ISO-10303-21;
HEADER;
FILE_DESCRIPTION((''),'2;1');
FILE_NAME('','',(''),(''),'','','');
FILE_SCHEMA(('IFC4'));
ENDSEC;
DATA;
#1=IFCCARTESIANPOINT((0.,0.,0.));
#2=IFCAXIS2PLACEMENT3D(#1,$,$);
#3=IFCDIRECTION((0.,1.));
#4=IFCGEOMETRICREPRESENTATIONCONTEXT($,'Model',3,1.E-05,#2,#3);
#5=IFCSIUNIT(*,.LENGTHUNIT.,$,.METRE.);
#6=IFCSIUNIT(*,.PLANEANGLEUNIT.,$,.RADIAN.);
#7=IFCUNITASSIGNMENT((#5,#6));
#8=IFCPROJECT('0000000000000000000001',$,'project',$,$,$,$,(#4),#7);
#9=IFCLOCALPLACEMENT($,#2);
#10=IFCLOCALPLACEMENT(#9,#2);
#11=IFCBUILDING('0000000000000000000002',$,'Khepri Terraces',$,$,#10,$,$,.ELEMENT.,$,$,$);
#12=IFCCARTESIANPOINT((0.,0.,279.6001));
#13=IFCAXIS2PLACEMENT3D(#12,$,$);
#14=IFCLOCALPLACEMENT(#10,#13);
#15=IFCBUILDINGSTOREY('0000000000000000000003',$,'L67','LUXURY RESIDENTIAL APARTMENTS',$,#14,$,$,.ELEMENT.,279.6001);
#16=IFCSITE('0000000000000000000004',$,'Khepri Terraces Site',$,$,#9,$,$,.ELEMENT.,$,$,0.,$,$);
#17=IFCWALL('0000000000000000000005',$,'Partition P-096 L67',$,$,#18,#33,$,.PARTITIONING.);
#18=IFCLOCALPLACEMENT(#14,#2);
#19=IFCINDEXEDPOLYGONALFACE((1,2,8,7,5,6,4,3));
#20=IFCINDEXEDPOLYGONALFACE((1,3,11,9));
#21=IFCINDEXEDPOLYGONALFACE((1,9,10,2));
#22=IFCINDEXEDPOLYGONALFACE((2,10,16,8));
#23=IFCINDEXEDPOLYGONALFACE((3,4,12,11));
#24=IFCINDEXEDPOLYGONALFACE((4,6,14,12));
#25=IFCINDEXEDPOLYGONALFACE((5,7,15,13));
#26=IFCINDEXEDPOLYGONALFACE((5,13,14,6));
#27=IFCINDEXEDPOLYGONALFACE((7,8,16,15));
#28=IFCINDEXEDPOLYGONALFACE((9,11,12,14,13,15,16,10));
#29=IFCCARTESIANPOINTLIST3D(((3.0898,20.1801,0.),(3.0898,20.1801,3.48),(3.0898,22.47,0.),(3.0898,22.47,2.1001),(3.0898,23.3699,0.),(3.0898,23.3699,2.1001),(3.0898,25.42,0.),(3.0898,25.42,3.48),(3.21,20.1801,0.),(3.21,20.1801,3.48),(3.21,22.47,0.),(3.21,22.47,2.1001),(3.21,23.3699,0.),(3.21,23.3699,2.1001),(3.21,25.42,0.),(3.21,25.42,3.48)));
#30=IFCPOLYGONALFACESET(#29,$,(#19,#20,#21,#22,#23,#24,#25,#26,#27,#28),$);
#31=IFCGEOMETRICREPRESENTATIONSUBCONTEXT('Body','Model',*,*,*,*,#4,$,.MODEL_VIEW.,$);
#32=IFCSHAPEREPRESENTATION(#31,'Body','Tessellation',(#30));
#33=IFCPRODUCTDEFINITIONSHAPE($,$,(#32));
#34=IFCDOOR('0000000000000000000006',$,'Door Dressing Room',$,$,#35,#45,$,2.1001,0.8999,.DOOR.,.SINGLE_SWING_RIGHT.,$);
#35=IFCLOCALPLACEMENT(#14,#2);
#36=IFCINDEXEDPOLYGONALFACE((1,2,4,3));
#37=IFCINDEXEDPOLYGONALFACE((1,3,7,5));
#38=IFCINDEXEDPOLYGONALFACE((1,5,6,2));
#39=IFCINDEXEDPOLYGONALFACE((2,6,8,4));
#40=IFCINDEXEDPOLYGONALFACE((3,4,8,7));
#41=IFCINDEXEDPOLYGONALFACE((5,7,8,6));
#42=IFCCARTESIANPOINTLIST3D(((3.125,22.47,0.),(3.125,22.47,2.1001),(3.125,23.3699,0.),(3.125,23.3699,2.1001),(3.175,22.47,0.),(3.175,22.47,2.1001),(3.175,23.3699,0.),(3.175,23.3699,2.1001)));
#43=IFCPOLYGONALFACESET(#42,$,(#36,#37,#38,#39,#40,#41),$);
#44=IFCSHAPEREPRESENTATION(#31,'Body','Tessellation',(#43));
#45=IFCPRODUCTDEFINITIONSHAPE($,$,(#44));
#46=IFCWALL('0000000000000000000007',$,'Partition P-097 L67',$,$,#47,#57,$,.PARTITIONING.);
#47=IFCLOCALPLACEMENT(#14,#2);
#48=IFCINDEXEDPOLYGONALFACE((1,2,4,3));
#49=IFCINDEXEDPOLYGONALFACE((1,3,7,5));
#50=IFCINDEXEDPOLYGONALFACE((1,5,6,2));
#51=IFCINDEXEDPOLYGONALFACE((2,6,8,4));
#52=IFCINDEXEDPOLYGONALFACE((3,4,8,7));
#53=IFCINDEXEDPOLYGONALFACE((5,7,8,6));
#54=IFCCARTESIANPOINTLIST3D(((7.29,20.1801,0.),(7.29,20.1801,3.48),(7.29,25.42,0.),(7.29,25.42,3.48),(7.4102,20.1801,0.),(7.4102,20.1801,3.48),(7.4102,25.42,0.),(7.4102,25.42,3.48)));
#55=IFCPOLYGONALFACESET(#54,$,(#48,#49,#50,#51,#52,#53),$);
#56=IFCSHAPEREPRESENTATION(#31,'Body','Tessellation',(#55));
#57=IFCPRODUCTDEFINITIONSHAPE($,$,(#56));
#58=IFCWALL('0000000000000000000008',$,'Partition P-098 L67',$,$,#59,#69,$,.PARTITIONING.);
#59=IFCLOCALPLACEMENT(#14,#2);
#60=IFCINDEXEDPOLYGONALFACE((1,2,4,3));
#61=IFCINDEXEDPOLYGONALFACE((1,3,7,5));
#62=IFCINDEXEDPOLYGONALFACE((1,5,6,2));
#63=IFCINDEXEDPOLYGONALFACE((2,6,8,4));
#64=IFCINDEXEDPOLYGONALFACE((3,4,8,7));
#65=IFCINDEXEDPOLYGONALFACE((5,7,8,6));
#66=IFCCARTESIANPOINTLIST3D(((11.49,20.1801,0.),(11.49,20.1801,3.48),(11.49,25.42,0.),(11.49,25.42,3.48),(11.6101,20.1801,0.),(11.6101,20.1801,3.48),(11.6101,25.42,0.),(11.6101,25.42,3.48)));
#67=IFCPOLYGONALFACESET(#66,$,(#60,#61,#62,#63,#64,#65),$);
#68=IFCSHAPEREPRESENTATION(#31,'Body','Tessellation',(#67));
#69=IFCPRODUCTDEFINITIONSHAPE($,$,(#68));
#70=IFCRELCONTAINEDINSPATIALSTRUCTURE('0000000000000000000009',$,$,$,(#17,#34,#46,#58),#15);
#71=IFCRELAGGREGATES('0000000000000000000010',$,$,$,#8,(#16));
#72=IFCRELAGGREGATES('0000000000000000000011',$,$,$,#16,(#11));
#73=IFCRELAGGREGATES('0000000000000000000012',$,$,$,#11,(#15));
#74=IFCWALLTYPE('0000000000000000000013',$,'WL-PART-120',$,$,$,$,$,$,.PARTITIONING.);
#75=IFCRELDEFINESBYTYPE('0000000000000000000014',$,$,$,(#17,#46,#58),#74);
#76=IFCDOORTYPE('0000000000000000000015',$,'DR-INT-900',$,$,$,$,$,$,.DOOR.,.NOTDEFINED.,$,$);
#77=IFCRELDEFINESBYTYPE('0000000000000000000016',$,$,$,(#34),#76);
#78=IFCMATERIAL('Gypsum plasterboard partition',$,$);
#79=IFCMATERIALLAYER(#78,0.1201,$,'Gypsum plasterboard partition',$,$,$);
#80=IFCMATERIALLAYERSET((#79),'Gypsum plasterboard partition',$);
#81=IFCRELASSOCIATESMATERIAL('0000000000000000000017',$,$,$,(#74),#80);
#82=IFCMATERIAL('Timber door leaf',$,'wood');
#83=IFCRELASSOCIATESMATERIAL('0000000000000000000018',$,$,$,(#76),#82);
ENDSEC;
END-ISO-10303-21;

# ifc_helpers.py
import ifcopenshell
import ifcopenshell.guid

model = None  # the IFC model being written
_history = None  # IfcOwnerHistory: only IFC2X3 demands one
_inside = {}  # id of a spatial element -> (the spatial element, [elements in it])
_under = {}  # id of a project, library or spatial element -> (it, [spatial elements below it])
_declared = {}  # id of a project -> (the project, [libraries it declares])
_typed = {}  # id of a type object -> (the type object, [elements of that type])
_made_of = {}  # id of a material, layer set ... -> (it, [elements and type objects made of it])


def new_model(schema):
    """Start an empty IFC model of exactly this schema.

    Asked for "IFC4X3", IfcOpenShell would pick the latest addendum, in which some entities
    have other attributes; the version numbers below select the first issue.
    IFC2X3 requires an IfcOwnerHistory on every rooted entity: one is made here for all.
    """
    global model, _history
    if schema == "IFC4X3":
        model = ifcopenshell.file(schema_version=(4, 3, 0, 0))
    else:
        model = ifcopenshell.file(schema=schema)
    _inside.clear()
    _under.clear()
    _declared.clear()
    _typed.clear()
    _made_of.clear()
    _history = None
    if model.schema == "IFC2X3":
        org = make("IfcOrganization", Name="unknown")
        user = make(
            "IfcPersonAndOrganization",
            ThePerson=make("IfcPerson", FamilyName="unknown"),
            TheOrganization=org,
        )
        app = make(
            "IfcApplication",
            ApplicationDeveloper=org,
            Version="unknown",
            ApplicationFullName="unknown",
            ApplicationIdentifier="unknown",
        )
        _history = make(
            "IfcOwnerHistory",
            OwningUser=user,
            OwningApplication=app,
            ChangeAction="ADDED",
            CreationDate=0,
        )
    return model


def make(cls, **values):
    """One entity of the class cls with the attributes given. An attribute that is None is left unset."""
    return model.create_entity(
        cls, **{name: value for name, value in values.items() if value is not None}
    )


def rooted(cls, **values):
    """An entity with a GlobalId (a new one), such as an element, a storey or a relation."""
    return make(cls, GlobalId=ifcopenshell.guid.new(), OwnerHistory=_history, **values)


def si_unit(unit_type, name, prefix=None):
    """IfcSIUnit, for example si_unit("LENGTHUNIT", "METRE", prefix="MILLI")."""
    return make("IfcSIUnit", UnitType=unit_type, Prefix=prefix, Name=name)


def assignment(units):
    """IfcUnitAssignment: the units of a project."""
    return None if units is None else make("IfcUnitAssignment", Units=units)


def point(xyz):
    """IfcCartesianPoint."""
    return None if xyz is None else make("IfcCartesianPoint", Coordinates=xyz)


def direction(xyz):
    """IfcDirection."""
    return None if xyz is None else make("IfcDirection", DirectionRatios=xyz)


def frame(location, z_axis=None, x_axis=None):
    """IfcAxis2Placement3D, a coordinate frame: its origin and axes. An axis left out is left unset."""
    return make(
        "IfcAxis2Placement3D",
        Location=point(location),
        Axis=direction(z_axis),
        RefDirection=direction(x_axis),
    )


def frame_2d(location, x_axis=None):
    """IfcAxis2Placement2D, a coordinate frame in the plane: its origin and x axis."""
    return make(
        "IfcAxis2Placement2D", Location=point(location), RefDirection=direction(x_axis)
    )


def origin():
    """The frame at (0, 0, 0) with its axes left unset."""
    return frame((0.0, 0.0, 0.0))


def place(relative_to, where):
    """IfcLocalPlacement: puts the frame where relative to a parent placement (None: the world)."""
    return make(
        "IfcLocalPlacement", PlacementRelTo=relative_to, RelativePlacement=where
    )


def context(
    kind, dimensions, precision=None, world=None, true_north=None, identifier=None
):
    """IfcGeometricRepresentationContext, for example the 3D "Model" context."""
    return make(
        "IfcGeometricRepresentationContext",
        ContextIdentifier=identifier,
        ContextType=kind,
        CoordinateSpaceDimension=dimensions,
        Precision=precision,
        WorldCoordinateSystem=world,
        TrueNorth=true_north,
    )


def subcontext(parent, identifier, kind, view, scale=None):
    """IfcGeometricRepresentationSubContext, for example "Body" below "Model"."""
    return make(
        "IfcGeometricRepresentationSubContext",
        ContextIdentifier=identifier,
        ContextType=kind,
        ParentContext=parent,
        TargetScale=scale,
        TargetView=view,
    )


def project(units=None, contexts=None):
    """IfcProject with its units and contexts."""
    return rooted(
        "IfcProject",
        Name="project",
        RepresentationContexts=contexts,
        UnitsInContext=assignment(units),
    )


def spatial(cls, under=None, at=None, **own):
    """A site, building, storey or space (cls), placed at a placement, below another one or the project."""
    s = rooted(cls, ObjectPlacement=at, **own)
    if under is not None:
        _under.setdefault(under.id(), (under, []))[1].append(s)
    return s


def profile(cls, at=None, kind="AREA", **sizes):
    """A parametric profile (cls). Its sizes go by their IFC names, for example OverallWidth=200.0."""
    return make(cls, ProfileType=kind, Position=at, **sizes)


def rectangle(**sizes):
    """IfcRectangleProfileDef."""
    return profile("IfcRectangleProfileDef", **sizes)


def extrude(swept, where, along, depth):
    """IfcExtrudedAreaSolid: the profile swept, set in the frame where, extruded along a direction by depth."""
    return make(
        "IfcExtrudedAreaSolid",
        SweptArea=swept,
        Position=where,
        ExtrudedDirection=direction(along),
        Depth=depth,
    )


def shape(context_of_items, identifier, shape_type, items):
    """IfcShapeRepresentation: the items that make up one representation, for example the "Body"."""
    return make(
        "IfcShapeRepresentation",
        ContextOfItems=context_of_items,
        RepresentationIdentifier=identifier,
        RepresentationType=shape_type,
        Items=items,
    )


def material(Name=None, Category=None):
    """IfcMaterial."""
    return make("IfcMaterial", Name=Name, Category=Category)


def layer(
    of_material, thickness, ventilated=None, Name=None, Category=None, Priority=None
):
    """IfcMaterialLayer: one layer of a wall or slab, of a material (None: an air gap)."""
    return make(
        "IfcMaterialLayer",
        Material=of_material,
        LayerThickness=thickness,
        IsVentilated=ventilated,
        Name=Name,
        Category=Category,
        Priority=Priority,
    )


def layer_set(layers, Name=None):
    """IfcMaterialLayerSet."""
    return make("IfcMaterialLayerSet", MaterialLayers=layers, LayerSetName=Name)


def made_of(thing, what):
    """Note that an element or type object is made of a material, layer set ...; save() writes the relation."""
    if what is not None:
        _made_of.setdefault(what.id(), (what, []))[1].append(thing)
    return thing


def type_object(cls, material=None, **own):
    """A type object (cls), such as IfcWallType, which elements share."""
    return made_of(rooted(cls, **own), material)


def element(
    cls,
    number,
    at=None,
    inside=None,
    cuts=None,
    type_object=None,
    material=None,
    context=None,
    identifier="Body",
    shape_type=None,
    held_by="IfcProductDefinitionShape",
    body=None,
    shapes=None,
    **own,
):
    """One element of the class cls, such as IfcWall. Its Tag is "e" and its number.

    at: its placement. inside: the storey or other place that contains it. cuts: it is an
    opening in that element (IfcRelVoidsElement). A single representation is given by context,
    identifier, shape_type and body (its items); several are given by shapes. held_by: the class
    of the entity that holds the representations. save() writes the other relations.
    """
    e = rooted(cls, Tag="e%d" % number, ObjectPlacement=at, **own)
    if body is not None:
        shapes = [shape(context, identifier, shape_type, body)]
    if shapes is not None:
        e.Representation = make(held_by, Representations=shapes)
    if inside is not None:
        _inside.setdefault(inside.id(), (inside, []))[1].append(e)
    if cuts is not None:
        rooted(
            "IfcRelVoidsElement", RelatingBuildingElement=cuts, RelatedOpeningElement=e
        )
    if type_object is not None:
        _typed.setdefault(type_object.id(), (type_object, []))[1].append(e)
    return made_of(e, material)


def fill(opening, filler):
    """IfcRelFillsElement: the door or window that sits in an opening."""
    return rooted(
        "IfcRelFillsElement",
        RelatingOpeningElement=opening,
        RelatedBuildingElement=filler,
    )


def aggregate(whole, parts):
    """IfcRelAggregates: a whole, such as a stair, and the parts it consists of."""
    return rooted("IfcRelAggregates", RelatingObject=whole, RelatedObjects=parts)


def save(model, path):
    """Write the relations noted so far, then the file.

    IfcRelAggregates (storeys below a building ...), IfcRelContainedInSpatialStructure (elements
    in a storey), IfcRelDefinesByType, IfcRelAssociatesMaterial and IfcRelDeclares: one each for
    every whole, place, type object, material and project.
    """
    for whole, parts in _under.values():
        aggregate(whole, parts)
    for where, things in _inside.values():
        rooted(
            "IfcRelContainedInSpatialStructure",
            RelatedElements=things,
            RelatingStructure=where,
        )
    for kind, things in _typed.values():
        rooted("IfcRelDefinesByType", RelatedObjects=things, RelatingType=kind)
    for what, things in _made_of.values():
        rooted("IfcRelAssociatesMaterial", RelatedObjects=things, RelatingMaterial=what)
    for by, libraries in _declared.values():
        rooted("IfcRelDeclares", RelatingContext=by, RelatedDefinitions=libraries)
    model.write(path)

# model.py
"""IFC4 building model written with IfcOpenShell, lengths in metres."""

from ifc_helpers import new_model, si_unit, direction, frame, frame_2d, origin, place, context, subcontext, project, spatial, rectangle, extrude, material, layer, layer_set, type_object, element, fill, save


model = new_model("IFC4")

# Units and contexts
model_context = context("Model", 3, precision=1e-05, world=origin(), true_north=direction((0.0, 1.0)))
body_context = subcontext(model_context, "Body", "Model", "MODEL_VIEW")
ifc_project = project(units=[si_unit("LENGTHUNIT", "METRE"), si_unit("PLANEANGLEUNIT", "RADIAN")], contexts=[model_context])

# Site, building, storey
site_placement = place(None, origin())
site = spatial("IfcSite", under=ifc_project, at=site_placement, Name="Khepri Terraces Site", CompositionType="ELEMENT", RefElevation=0.0)
building_placement = place(site_placement, origin())
building = spatial("IfcBuilding", under=site, at=building_placement, Name="Khepri Terraces", CompositionType="ELEMENT")
storey_placement = place(building_placement, frame((0.0, 0.0, 279.6001)))
storey = spatial("IfcBuildingStorey", under=building, at=storey_placement, Name="L67", Description="LUXURY RESIDENTIAL APARTMENTS", CompositionType="ELEMENT", Elevation=279.6001)

# Shared definitions
ifc_material_1 = material(Name="Gypsum plasterboard partition")
ifc_layer_1 = layer(ifc_material_1, 0.1201, Name="Gypsum plasterboard partition")
ifc_layer_set_1 = layer_set([ifc_layer_1], Name="Gypsum plasterboard partition")
wall_type_1 = type_object("IfcWallType", Name="WL-PART-120", PredefinedType="PARTITIONING", material=ifc_layer_set_1)

# Wall, opening, door
ifc_material_2 = material(Name="Timber door leaf", Category="wood")
door_type_1 = type_object("IfcDoorType", Name="DR-INT-900", OperationType="NOTDEFINED", PredefinedType="DOOR", material=ifc_material_2)
wall_1_placement = place(storey_placement, frame((3.1499, 20.1799, 0.0), z_axis=(0.0, 0.0, 1.0), x_axis=(0.0, 1.0, 0.0)))
wall_1 = element("IfcWall", 1, at=wall_1_placement, inside=storey, type_object=wall_type_1, Name="Partition P-096 L67", PredefinedType="PARTITIONING", context=body_context, shape_type="SweptSolid", body=[
    extrude(rectangle(XDim=5.24, YDim=0.1201, at=frame_2d((2.6201, 0.0))), origin(), (0.0, 0.0, 1.0), 3.48),
])
opening_1_placement = place(wall_1_placement, frame((2.29, 0.0, 0.0)))
opening_1 = element("IfcOpeningElement", 2, at=opening_1_placement, cuts=wall_1, PredefinedType="OPENING", context=body_context, shape_type="SweptSolid", body=[
    extrude(rectangle(XDim=0.8999, YDim=2.1001, at=frame_2d((0.45, 1.05))), frame((0.0, 0.0701, 0.0), z_axis=(0.0, -1.0, 0.0), x_axis=(1.0, 0.0, 0.0)), (0.0, 0.0, 1.0), 0.1401),
])
door_1_placement = place(opening_1_placement, origin())
door_1 = element("IfcDoor", 3, at=door_1_placement, inside=storey, type_object=door_type_1, Name="Door Dressing Room", OperationType="SINGLE_SWING_RIGHT", OverallHeight=2.1001, OverallWidth=0.8999, PredefinedType="DOOR", context=body_context, shape_type="SweptSolid", body=[
    extrude(rectangle(XDim=0.8999, YDim=2.1001, at=frame_2d((0.45, 1.05))), frame((0.0, 0.0249, 0.0), z_axis=(0.0, -1.0, 0.0), x_axis=(1.0, 0.0, 0.0)), (0.0, 0.0, 1.0), 0.05),
])
fill(opening_1, door_1)

# Walls
for number, where, z_axis, x_axis, name in (
    (4, (7.3501, 20.1799, 0.0), (0.0, 0.0, 1.0), (0.0, 1.0, 0.0), "Partition P-097 L67"),
    (5, (11.55, 20.1799, 0.0), (0.0, 0.0, 1.0), (0.0, 1.0, 0.0), "Partition P-098 L67"),
):
    element("IfcWall", number, at=place(storey_placement, frame(where, z_axis=z_axis, x_axis=x_axis)), inside=storey, type_object=wall_type_1, Name=name, PredefinedType="PARTITIONING", context=body_context, shape_type="SweptSolid", body=[
        extrude(rectangle(XDim=5.24, YDim=0.1201, at=frame_2d((2.6201, 0.0))), origin(), (0.0, 0.0, 1.0), 3.48),
    ])

save(model, "model.ifc")
